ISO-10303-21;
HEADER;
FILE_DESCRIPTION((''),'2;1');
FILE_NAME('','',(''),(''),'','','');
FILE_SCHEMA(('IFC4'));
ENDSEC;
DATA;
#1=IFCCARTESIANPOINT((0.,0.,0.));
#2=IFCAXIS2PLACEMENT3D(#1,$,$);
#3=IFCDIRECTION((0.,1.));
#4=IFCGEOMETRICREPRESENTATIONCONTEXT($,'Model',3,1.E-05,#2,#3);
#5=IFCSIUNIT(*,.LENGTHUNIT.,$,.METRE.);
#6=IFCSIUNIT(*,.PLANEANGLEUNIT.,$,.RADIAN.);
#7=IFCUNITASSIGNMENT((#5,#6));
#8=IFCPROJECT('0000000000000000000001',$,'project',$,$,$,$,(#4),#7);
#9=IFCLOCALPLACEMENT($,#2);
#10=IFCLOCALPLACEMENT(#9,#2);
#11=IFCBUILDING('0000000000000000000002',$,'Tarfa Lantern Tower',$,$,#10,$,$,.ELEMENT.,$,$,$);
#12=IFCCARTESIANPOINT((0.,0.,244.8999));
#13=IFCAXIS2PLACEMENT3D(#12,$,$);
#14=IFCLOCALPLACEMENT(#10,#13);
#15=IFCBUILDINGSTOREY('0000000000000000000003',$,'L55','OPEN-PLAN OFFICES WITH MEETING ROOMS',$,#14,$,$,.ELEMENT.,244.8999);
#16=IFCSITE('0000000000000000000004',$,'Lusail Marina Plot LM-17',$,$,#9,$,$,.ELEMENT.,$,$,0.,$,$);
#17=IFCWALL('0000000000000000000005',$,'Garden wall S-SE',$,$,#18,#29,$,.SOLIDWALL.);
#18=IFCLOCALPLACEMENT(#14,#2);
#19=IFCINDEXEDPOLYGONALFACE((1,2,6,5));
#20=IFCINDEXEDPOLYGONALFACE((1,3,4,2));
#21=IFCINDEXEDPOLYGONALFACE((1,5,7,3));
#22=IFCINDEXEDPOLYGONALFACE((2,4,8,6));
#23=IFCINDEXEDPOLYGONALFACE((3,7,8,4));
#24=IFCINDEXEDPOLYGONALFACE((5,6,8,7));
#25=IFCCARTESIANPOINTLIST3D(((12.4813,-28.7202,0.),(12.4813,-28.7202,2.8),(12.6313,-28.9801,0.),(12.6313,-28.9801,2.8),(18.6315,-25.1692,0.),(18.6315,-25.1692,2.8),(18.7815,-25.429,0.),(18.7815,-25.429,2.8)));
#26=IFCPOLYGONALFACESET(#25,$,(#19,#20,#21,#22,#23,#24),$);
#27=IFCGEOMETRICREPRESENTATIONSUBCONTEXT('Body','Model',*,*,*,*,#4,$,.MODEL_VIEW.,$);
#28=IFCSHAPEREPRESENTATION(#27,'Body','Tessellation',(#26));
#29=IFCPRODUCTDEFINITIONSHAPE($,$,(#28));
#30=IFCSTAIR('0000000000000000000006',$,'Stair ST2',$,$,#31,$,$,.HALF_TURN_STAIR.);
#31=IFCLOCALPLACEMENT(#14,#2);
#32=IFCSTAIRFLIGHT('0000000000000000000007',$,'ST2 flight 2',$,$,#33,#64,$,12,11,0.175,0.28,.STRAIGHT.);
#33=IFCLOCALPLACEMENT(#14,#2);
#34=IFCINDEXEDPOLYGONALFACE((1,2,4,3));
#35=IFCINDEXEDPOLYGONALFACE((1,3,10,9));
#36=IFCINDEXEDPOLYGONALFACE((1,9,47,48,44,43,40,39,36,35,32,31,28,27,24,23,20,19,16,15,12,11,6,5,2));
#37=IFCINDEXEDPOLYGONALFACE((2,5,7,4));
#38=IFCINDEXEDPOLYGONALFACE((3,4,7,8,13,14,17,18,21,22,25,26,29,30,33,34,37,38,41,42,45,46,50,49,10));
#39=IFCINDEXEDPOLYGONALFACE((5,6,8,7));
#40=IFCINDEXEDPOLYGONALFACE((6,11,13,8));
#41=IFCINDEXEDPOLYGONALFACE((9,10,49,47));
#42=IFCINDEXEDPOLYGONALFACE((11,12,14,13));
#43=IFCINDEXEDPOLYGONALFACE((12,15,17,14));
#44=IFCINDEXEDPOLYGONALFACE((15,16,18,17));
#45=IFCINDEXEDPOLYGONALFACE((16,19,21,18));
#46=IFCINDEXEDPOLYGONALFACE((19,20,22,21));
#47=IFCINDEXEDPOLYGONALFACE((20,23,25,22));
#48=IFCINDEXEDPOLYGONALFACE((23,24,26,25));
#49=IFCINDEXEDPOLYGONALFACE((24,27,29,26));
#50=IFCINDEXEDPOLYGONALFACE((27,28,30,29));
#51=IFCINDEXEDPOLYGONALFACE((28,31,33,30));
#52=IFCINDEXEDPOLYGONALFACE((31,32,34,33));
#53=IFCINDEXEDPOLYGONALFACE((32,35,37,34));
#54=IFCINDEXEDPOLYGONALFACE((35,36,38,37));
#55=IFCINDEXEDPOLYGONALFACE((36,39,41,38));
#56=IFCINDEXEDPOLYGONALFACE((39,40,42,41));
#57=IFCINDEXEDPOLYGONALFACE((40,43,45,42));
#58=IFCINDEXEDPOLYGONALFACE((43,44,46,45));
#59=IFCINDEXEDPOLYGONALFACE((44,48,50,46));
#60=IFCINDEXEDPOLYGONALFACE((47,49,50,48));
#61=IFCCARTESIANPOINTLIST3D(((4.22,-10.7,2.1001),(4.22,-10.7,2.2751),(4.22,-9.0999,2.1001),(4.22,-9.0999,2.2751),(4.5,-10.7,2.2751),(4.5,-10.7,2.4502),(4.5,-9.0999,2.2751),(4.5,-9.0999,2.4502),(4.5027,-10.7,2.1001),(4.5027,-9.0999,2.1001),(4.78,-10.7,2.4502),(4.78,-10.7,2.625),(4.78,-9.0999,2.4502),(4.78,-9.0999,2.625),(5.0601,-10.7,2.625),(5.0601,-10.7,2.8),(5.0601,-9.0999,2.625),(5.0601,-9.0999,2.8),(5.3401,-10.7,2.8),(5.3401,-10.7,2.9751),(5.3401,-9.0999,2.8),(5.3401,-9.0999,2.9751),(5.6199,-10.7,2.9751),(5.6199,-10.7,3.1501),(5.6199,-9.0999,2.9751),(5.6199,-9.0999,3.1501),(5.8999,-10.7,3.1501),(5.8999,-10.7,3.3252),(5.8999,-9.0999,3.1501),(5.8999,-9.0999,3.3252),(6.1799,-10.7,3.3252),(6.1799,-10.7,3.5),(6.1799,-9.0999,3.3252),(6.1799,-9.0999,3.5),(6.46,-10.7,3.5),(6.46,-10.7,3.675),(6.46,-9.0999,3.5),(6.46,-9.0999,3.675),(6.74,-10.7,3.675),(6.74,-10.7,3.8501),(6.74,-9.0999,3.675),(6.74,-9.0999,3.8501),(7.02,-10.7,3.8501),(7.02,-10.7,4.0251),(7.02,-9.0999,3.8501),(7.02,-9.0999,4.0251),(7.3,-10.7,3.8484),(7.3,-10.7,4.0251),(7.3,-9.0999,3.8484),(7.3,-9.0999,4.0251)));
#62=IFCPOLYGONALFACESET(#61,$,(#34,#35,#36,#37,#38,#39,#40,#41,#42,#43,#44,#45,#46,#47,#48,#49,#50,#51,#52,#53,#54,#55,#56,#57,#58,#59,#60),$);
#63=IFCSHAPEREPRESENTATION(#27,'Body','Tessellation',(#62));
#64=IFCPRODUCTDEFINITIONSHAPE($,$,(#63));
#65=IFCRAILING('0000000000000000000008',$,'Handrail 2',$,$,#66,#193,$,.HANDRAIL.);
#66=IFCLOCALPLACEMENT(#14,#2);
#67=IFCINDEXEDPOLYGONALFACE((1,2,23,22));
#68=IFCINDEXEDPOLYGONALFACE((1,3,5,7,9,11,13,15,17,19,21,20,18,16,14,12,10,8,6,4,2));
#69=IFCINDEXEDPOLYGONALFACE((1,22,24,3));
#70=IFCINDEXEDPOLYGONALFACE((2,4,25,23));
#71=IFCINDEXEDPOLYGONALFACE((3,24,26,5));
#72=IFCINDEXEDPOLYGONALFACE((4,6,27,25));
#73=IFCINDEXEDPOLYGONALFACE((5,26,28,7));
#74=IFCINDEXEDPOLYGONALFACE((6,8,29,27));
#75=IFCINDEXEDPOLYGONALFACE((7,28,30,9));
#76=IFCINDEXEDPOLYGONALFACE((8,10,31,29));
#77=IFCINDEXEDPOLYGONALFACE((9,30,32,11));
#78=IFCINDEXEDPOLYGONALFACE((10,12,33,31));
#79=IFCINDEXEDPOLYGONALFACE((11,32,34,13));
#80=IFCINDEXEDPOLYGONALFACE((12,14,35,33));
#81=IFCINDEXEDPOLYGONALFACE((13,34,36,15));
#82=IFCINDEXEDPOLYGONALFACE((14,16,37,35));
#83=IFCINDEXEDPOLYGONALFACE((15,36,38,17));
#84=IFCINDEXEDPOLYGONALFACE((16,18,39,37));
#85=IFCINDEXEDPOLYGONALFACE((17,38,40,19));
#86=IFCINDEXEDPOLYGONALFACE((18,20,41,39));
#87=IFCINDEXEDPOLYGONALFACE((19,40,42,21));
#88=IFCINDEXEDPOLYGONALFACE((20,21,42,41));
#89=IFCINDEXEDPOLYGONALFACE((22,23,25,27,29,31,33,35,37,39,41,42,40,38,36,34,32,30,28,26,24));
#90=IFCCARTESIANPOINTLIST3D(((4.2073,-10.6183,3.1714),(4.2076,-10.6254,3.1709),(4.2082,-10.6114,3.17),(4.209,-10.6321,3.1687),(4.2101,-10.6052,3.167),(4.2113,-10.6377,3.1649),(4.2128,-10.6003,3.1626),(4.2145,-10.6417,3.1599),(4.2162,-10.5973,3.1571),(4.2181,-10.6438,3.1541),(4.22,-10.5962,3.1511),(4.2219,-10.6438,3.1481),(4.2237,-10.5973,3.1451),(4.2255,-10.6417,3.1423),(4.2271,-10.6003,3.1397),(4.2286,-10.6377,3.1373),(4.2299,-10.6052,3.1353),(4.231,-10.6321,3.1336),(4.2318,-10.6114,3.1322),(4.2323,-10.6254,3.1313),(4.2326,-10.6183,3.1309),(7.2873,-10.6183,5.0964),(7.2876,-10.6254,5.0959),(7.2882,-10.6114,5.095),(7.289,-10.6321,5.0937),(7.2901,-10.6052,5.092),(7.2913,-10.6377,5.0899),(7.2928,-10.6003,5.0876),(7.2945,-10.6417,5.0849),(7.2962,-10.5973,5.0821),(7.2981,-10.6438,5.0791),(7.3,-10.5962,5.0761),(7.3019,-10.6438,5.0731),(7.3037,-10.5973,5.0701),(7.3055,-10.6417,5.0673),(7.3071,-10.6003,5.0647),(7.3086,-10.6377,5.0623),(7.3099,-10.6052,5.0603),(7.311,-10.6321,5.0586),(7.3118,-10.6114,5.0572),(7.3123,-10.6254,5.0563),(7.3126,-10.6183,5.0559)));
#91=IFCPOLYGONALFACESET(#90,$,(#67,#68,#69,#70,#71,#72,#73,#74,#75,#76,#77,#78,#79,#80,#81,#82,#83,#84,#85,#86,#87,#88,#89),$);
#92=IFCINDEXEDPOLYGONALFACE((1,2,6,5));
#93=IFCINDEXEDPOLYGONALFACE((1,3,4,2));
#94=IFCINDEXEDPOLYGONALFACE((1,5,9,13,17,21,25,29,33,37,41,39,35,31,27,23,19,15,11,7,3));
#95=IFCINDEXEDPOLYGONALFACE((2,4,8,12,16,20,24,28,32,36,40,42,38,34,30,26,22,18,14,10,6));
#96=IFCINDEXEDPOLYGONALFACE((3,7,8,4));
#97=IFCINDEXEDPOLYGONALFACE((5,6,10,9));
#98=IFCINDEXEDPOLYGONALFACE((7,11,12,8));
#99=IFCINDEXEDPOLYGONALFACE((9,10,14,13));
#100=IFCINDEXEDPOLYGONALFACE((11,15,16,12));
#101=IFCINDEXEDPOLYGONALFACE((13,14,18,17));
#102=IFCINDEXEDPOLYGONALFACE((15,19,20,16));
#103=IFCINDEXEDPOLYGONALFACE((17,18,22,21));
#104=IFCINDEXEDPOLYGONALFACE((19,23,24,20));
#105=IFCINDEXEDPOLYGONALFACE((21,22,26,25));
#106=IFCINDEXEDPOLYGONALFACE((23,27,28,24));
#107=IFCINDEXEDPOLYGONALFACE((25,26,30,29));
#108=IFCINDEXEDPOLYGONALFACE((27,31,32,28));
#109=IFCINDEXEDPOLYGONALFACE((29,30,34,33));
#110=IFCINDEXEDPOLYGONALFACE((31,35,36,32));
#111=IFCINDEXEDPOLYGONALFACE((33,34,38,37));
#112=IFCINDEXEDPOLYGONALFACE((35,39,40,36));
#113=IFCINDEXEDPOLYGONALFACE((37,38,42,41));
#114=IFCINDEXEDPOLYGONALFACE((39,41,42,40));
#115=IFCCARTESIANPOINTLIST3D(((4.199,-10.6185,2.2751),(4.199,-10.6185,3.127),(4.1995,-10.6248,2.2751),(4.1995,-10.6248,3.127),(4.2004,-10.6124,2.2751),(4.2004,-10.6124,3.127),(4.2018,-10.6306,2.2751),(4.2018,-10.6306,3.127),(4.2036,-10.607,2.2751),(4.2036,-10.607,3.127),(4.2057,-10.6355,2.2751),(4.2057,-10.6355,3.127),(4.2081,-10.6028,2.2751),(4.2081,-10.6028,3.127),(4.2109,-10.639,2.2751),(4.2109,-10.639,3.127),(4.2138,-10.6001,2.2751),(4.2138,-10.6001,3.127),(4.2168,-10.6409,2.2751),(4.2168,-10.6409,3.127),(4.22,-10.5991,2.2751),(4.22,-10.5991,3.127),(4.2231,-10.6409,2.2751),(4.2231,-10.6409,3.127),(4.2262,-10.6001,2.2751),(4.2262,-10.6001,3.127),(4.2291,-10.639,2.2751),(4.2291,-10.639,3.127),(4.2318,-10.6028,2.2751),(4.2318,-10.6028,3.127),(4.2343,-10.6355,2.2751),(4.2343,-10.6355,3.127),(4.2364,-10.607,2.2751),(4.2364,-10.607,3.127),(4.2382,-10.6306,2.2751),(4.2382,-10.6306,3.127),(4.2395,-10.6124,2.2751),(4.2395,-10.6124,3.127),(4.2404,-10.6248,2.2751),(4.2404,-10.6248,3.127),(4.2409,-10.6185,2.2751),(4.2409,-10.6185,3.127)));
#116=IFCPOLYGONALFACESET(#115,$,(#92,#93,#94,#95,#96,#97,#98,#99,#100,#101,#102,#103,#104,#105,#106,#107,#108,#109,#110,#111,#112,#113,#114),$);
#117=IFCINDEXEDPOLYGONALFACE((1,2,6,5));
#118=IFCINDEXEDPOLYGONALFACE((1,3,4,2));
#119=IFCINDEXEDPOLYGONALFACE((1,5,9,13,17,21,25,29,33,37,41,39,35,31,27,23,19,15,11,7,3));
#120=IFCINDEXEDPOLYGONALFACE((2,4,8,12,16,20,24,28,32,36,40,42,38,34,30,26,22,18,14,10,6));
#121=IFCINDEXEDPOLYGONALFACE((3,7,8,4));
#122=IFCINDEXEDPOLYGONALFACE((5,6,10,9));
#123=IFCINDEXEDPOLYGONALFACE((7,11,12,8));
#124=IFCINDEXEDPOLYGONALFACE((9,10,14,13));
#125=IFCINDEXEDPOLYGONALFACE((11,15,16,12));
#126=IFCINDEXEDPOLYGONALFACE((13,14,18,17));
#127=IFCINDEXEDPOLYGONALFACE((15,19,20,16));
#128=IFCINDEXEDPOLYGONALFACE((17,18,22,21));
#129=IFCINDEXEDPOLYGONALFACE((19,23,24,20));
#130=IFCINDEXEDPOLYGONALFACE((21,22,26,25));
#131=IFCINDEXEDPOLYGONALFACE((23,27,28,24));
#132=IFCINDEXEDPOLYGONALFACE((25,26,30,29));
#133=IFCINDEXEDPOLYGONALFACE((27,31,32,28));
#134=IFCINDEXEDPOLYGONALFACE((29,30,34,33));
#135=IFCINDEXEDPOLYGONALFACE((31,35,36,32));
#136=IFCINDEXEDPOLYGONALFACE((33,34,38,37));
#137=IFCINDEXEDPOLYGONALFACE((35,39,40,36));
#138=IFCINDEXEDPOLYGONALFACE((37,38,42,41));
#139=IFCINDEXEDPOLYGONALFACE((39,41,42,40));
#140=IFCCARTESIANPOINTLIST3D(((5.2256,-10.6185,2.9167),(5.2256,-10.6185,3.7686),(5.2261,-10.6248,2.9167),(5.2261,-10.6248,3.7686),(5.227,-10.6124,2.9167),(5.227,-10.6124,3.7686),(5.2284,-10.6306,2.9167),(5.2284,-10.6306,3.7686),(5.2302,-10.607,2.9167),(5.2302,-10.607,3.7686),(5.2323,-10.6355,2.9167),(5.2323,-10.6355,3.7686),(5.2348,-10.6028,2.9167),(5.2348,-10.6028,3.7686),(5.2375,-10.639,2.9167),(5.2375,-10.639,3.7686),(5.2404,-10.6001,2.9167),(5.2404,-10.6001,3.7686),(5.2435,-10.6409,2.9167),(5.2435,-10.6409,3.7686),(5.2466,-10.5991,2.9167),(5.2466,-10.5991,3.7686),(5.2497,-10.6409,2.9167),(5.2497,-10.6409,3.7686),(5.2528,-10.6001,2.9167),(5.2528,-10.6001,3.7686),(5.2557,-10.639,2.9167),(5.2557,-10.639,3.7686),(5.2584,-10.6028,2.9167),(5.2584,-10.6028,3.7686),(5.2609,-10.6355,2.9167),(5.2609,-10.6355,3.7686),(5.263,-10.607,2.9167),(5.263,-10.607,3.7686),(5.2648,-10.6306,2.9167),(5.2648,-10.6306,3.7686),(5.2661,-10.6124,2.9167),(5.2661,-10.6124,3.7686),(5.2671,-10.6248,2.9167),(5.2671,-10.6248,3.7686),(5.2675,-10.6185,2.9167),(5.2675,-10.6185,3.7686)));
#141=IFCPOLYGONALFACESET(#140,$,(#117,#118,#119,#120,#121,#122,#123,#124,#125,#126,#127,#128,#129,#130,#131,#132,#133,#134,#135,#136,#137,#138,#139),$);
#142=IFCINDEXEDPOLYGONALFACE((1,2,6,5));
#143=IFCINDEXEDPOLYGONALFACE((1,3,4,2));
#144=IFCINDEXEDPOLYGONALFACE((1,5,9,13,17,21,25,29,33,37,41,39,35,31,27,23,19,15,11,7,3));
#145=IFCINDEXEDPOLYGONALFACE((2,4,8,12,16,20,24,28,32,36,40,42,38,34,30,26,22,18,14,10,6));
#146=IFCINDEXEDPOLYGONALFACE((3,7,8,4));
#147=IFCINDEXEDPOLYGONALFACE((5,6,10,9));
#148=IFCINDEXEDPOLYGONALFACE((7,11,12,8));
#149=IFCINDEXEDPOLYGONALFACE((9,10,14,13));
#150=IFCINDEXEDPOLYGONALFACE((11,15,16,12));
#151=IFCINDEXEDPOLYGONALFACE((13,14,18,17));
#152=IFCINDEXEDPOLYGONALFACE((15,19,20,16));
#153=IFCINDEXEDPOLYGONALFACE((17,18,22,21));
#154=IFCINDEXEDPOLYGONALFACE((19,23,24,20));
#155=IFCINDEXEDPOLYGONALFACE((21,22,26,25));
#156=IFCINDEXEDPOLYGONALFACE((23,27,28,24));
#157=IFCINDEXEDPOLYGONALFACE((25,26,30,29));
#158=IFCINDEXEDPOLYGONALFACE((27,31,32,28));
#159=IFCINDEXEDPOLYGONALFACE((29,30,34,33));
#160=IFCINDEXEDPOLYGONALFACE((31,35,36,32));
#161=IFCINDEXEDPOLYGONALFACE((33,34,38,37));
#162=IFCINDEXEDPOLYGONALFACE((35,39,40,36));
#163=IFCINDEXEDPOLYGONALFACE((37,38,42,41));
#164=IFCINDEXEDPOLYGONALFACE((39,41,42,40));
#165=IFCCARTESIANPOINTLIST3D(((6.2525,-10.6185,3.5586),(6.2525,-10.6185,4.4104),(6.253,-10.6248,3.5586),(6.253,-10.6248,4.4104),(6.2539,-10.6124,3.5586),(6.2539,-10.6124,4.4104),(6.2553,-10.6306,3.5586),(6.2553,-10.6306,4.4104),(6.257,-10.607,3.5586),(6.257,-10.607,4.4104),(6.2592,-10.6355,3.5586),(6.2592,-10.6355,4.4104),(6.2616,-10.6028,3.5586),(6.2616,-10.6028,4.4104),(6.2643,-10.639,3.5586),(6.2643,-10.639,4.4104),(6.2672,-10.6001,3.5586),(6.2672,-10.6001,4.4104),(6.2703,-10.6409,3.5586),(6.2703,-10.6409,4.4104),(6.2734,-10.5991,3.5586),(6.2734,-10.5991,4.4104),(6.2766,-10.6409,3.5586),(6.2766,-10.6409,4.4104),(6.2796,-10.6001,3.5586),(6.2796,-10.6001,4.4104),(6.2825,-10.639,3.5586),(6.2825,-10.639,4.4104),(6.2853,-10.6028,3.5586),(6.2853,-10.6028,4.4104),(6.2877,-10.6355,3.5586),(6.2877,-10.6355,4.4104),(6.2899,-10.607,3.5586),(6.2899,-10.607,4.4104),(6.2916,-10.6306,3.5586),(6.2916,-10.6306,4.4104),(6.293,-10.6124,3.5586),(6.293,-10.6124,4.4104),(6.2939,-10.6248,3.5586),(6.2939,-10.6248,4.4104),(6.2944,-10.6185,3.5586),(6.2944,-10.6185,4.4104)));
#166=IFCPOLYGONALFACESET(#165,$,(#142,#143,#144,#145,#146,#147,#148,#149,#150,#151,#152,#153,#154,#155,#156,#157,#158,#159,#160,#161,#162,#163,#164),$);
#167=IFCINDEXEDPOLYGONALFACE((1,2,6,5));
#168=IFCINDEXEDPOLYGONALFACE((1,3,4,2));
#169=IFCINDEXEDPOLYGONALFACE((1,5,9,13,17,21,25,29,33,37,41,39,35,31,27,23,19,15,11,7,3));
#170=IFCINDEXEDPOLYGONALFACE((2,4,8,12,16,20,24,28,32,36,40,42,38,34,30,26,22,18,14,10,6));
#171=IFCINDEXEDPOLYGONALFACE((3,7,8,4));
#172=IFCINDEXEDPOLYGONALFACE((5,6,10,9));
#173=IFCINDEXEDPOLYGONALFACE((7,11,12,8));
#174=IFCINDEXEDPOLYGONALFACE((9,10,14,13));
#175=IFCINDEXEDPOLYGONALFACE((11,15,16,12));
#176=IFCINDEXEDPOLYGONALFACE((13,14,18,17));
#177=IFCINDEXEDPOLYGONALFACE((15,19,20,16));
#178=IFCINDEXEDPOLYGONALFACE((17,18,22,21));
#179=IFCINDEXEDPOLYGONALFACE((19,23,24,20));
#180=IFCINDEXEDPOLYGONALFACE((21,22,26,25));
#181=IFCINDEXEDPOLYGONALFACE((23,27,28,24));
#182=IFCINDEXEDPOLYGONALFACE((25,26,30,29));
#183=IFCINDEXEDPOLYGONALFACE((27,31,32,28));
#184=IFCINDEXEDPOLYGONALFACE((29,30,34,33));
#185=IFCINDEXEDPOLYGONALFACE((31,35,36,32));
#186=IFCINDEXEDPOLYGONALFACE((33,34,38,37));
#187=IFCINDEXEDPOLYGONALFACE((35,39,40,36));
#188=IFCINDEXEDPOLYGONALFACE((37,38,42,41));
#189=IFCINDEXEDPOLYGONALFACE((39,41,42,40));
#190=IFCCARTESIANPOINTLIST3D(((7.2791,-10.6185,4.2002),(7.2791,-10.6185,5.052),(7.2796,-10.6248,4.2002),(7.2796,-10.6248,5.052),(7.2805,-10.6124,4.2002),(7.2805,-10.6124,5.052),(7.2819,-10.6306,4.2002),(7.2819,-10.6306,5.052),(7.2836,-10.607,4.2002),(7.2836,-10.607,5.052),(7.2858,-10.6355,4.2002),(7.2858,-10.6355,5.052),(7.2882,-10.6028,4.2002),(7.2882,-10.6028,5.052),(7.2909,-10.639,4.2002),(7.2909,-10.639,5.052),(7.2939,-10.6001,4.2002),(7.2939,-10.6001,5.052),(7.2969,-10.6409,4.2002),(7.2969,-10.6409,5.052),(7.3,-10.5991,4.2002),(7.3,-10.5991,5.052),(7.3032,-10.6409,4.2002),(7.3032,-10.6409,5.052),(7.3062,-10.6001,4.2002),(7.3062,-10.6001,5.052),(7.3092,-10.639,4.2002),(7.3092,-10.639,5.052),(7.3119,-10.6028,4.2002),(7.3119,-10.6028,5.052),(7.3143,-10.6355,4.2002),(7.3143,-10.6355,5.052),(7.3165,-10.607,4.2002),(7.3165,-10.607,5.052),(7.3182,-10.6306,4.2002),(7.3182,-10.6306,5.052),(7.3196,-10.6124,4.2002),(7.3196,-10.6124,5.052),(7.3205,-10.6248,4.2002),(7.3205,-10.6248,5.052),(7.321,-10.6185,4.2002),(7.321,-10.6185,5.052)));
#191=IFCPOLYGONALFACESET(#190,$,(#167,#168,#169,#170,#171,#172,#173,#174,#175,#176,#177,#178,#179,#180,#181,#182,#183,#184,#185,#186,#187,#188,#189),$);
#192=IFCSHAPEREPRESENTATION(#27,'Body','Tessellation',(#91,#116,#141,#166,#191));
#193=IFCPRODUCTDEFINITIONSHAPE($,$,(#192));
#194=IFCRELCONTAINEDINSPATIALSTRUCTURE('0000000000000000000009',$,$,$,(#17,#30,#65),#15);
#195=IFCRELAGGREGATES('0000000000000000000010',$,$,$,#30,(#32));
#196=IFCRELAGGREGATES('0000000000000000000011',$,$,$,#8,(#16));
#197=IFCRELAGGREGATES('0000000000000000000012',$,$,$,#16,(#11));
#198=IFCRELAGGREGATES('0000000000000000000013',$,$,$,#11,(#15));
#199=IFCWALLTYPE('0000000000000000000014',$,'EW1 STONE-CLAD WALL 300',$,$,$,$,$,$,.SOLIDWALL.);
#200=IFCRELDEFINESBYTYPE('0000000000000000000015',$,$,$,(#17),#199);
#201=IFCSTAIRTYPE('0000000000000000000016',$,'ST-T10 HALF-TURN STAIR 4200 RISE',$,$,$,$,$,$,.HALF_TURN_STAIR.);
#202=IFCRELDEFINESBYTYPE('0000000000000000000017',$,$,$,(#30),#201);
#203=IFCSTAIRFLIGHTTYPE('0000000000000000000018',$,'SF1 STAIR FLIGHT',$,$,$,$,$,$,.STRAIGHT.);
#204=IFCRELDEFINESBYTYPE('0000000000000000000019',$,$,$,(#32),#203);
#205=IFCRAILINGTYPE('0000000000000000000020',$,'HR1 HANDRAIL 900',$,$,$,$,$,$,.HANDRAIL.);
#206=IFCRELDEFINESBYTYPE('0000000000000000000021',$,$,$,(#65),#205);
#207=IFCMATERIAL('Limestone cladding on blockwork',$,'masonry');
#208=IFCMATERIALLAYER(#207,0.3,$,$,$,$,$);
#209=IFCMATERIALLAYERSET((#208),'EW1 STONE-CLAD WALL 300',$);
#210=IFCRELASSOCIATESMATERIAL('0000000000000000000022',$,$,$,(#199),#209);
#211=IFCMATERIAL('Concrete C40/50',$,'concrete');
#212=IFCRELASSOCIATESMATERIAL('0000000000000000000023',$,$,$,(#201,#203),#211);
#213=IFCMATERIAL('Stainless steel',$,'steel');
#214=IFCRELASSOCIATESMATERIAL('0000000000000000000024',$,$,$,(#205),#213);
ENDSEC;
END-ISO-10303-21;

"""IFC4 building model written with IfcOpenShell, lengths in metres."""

from ifc_helpers import new_model, si_unit, direction, frame, frame_2d, origin, origin_2d, place, context, subcontext, project, spatial, polyline, rectangle, circle, outline, extrude, material, layer, layer_set, type_object, element, aggregate, save


model = new_model("IFC4")

# Units and contexts
model_context = context("Model", 3, precision=1e-05, world=origin(), true_north=direction((0.0, 1.0)))
body_context = subcontext(model_context, "Body", "Model", "MODEL_VIEW")
ifc_project = project(units=[si_unit("LENGTHUNIT", "METRE"), si_unit("PLANEANGLEUNIT", "RADIAN")], contexts=[model_context])

# Site, building, storey
site_placement = place(None, origin())
site = spatial("IfcSite", under=ifc_project, at=site_placement, Name="Lusail Marina Plot LM-17", CompositionType="ELEMENT", RefElevation=0.0)
building_placement = place(site_placement, origin())
building = spatial("IfcBuilding", under=site, at=building_placement, Name="Tarfa Lantern Tower", CompositionType="ELEMENT")
storey_placement = place(building_placement, frame((0.0, 0.0, 244.8999)))
storey = spatial("IfcBuildingStorey", under=building, at=storey_placement, Name="L55", Description="OPEN-PLAN OFFICES WITH MEETING ROOMS", CompositionType="ELEMENT", Elevation=244.8999)

# Wall
ifc_material_1 = material(Name="Limestone cladding on blockwork", Category="masonry")
ifc_layer_1 = layer(ifc_material_1, 0.3)
ifc_layer_set_1 = layer_set([ifc_layer_1], Name="EW1 STONE-CLAD WALL 300")
wall_type_1 = type_object("IfcWallType", Name="EW1 STONE-CLAD WALL 300", PredefinedType="SOLIDWALL", material=ifc_layer_set_1)
wall_1_placement = place(storey_placement, frame((12.5564, -28.8501, 0.0), z_axis=(0.0, 0.0, 1.0), x_axis=(0.866011, 0.500025, 0.0)))
element("IfcWall", 1, at=wall_1_placement, inside=storey, type_object=wall_type_1, Name="Garden wall S-SE", PredefinedType="SOLIDWALL", context=body_context, shape_type="SweptSolid", body=[
    extrude(rectangle(XDim=7.1018, YDim=0.3, at=frame_2d((3.5508, 0.0))), origin(), (0.0, 0.0, 1.0), 2.8),
])

# Stair, stair flight
ifc_material_2 = material(Name="Concrete C40/50", Category="concrete")
stair_type = type_object("IfcStairType", Name="ST-T10 HALF-TURN STAIR 4200 RISE", PredefinedType="HALF_TURN_STAIR", material=ifc_material_2)
stair_placement = place(storey_placement, origin())
stair = element("IfcStair", 2, at=stair_placement, inside=storey, type_object=stair_type, Name="Stair ST2", PredefinedType="HALF_TURN_STAIR")
stair_flight_type = type_object("IfcStairFlightType", Name="SF1 STAIR FLIGHT", PredefinedType="STRAIGHT", material=ifc_material_2)
stair_flight_placement = place(storey_placement, frame((4.22, -9.8999, 2.1001), z_axis=(0.0, 0.0, 1.0), x_axis=(1.0, 0.0, 0.0)))
stair_flight = element("IfcStairFlight", 3, at=stair_flight_placement, type_object=stair_flight_type, Name="ST2 flight 2", NumberOfRisers=12, NumberOfTreads=11, PredefinedType="STRAIGHT", RiserHeight=0.175, TreadLength=0.28, context=body_context, shape_type="SweptSolid", body=[
    extrude(outline(polyline([(0.0, 0.0), (0.0, 0.175), (0.28, 0.175), (0.28, 0.3501), (0.5601, 0.3501), (0.5601, 0.5249), (0.8401, 0.5249), (0.8401, 0.7), (1.1201, 0.7), (1.1201, 0.875), (1.3999, 0.875), (1.3999, 1.05), (1.6799, 1.05), (1.6799, 1.2251), (1.96, 1.2251), (1.96, 1.3999), (2.24, 1.3999), (2.24, 1.575), (2.52, 1.575), (2.52, 1.75), (2.8, 1.75), (2.8, 1.925), (3.0801, 1.925), (3.0801, 2.1001), (3.0801, 1.7483), (0.2827, 0.0), (0.0, 0.0)])), frame((0.0, 0.8, 0.0), z_axis=(0.0, -1.0, 0.0), x_axis=(1.0, 0.0, 0.0)), (0.0, 0.0, 1.0), 1.6001),
])
aggregate(stair, [stair_flight])

# Railing
ifc_material_3 = material(Name="Stainless steel", Category="steel")
railing_type = type_object("IfcRailingType", Name="HR1 HANDRAIL 900", PredefinedType="HANDRAIL", material=ifc_material_3)
railing_placement = place(storey_placement, frame((4.22, -10.6201, 2.2751)))
element("IfcRailing", 4, at=railing_placement, inside=storey, type_object=railing_type, Name="Handrail 2", PredefinedType="HANDRAIL", context=body_context, shape_type="SweptSolid", body=[
    extrude(circle(Radius=0.0239, at=origin_2d()), frame((0.0, 0.0, 0.876), z_axis=(0.847998, 0.0, 0.529999), x_axis=(0.0, 1.0, 0.0)), (0.0, 0.0, 1.0), 3.6321),
    extrude(circle(Radius=0.021, at=origin_2d()), frame((0.0, 0.0, 0.0), z_axis=(0.0, 0.0, 1.0), x_axis=(0.0, 1.0, 0.0)), (0.0, 0.0, 1.0), 0.8518),
    extrude(circle(Radius=0.021, at=origin_2d()), frame((1.0266, 0.0, 0.6416), z_axis=(0.0, 0.0, 1.0), x_axis=(0.0, 1.0, 0.0)), (0.0, 0.0, 1.0), 0.8518),
    extrude(circle(Radius=0.021, at=origin_2d()), frame((2.0535, 0.0, 1.2834), z_axis=(0.0, 0.0, 1.0), x_axis=(0.0, 1.0, 0.0)), (0.0, 0.0, 1.0), 0.8518),
    extrude(circle(Radius=0.021, at=origin_2d()), frame((3.0801, 0.0, 1.925), z_axis=(0.0, 0.0, 1.0), x_axis=(0.0, 1.0, 0.0)), (0.0, 0.0, 1.0), 0.8518),
])

save(model, "model.ifc")
